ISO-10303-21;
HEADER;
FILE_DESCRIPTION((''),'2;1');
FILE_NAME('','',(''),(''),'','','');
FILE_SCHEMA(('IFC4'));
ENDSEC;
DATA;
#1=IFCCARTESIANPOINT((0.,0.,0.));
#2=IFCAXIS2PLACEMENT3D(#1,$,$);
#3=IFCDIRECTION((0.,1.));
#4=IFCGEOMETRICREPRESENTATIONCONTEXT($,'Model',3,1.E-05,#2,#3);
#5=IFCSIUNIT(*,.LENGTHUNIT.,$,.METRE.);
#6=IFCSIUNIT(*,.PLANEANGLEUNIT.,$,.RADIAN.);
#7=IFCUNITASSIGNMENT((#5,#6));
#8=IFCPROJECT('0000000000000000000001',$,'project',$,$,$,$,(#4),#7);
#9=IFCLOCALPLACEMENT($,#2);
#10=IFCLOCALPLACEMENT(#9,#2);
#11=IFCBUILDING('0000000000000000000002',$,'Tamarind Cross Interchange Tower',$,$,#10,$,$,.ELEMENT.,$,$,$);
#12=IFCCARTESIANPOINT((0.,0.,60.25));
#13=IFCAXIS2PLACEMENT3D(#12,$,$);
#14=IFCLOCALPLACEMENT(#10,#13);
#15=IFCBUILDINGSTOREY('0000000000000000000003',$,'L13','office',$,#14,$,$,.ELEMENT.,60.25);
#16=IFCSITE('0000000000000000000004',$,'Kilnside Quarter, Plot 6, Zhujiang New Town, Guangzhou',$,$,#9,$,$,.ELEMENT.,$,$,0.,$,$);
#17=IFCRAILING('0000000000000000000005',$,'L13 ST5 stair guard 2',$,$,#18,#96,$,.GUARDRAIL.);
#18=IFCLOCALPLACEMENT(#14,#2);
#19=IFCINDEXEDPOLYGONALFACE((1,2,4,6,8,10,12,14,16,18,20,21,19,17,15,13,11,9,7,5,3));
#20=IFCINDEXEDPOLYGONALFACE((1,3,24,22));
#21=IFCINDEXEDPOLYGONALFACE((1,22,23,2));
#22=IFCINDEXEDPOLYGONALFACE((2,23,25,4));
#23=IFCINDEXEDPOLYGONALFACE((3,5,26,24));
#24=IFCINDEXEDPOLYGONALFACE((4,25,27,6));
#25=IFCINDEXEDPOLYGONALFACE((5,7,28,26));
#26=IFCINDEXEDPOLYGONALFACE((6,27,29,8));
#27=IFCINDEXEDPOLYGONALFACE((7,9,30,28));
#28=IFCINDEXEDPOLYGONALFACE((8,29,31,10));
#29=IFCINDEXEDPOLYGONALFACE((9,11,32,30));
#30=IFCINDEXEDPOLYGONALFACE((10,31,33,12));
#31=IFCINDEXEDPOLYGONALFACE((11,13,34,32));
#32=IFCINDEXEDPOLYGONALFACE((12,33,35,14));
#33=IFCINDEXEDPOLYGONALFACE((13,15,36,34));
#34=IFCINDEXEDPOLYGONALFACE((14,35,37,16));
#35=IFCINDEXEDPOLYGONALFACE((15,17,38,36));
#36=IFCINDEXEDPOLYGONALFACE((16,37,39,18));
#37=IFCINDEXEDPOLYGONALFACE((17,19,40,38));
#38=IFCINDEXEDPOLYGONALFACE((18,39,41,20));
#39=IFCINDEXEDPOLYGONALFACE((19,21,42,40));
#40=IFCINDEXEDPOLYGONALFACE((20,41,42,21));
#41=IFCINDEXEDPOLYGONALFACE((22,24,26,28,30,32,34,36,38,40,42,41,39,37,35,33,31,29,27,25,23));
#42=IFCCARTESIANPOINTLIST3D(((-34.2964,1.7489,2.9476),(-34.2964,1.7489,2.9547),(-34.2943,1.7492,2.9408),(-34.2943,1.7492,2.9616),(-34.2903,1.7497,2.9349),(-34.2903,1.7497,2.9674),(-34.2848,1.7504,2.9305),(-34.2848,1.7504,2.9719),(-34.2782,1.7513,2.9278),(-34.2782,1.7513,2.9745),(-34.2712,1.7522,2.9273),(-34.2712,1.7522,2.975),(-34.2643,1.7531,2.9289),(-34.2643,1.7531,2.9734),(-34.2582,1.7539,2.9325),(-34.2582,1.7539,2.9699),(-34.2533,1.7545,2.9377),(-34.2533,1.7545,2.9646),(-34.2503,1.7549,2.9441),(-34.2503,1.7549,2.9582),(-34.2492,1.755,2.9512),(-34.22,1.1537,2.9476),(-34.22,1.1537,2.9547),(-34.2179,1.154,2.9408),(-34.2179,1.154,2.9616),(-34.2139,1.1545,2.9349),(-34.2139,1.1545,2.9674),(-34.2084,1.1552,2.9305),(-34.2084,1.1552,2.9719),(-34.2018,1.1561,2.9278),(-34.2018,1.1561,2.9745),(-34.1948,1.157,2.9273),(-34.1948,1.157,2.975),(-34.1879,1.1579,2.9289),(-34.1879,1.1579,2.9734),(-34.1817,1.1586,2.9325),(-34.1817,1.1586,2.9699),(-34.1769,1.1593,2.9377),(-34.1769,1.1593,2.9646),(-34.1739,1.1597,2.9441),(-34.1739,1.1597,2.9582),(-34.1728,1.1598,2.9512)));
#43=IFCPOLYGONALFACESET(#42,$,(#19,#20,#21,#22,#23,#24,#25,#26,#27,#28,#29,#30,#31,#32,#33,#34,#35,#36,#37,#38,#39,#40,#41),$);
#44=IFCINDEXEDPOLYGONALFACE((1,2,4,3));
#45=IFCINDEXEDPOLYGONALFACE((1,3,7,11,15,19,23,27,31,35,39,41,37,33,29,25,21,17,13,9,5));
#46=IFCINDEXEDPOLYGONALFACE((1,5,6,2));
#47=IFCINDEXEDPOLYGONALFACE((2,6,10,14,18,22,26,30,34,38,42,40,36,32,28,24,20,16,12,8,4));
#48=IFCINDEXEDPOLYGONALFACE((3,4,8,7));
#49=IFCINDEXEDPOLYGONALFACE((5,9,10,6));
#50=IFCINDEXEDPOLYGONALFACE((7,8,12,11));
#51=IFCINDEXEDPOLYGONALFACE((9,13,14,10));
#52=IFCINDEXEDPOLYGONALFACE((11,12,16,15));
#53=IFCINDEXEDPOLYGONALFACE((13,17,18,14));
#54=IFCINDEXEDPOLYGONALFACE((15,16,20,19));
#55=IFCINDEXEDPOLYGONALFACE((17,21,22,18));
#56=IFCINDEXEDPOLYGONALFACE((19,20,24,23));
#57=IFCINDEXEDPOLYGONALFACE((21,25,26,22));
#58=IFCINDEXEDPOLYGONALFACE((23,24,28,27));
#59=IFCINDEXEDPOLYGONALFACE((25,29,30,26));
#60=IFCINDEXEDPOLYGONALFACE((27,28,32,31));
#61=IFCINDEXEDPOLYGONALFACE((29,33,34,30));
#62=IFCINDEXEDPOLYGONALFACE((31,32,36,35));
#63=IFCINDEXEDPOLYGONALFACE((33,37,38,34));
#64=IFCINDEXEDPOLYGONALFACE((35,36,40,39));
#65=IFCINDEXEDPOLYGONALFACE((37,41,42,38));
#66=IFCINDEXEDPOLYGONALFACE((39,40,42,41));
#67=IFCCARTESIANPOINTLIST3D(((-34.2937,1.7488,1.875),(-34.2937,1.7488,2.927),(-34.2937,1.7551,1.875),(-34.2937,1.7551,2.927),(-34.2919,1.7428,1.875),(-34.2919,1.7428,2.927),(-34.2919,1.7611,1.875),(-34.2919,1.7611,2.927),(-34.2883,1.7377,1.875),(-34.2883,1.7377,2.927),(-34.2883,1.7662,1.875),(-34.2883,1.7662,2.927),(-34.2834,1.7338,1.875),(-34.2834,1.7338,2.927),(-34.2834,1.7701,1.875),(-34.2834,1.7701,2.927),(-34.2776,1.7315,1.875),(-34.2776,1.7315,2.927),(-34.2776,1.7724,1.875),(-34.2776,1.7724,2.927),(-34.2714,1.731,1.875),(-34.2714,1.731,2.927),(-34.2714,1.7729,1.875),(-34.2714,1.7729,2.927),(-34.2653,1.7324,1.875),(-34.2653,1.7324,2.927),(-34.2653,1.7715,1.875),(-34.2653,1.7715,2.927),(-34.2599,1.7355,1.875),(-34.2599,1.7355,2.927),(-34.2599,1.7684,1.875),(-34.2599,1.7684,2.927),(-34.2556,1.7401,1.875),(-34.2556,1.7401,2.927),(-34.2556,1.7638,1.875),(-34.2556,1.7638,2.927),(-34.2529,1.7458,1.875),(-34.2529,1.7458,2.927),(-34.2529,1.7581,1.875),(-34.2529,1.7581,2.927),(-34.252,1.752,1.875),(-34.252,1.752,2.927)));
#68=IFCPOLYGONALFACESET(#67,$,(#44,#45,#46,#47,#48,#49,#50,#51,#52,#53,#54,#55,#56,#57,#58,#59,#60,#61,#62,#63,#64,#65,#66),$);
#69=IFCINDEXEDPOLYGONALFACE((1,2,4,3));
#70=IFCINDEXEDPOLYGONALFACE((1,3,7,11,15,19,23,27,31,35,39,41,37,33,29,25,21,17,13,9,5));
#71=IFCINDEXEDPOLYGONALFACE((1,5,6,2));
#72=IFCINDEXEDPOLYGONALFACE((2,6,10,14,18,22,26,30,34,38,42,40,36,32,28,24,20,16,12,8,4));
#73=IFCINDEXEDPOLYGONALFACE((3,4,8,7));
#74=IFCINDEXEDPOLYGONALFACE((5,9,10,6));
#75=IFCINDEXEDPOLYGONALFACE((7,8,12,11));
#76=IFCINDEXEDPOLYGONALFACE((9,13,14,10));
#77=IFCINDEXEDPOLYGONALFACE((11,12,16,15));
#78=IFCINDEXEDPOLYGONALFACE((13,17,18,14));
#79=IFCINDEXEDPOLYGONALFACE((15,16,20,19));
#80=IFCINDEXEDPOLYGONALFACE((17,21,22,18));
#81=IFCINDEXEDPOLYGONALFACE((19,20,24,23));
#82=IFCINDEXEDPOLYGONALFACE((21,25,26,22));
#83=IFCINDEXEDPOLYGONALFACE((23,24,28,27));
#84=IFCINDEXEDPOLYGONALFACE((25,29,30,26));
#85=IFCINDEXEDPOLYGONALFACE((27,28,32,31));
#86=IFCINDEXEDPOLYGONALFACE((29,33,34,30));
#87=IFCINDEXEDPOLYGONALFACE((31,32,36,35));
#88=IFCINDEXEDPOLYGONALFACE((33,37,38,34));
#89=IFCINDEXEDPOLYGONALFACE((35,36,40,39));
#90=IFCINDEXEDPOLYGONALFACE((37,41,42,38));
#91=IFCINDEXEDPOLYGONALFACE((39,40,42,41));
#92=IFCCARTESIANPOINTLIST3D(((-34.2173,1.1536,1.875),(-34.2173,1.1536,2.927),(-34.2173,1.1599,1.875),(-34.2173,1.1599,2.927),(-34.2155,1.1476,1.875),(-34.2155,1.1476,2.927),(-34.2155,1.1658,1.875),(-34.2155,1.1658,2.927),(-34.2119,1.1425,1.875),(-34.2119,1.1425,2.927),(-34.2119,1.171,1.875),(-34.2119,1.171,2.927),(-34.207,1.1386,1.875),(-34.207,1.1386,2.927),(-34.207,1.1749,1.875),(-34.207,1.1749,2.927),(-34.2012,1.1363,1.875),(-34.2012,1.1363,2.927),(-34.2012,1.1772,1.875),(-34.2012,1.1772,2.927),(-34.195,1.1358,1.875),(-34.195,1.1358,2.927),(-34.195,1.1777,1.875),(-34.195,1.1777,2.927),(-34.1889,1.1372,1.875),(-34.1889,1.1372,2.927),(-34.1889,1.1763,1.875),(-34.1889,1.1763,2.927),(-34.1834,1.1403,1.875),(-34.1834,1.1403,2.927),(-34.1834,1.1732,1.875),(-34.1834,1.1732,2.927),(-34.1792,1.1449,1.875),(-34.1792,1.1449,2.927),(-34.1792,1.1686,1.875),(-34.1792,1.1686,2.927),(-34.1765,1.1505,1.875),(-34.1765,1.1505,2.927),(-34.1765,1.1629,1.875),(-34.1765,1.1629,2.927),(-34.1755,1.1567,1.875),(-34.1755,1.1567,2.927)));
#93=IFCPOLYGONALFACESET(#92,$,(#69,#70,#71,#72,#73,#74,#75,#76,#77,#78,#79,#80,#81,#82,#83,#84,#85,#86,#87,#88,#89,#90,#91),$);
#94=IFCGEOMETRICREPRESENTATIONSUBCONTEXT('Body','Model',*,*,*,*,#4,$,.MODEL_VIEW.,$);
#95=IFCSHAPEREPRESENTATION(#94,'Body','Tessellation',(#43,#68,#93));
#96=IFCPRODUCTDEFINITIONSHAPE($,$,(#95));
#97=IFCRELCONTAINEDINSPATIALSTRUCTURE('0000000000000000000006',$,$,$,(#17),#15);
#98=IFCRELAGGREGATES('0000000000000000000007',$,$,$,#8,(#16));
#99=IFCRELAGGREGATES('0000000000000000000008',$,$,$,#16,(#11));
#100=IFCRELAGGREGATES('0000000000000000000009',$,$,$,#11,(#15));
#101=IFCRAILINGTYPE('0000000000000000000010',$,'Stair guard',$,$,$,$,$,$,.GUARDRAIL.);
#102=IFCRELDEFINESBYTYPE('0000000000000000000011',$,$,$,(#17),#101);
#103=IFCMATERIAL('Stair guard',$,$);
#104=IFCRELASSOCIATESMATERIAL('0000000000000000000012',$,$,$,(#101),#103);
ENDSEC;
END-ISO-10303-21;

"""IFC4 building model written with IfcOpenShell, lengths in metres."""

from ifc_helpers import new_model, si_unit, direction, frame, origin, origin_2d, place, context, subcontext, project, spatial, circle, extrude, material, type_object, element, save


model = new_model("IFC4")

# Units and contexts
model_context = context("Model", 3, precision=1e-05, world=origin(), true_north=direction((0.0, 1.0)))
body_context = subcontext(model_context, "Body", "Model", "MODEL_VIEW")
ifc_project = project(units=[si_unit("LENGTHUNIT", "METRE"), si_unit("PLANEANGLEUNIT", "RADIAN")], contexts=[model_context])

# Site, building, storey
site_placement = place(None, origin())
site = spatial("IfcSite", under=ifc_project, at=site_placement, Name="Kilnside Quarter, Plot 6, Zhujiang New Town, Guangzhou", CompositionType="ELEMENT", RefElevation=0.0)
building_placement = place(site_placement, origin())
building = spatial("IfcBuilding", under=site, at=building_placement, Name="Tamarind Cross Interchange Tower", CompositionType="ELEMENT")
storey_placement = place(building_placement, frame((0.0, 0.0, 60.25)))
storey = spatial("IfcBuildingStorey", under=building, at=storey_placement, Name="L13", Description="office", CompositionType="ELEMENT", Elevation=60.25)

# Railing
ifc_material_1 = material(Name="Stair guard")
railing_type_1 = type_object("IfcRailingType", Name="Stair guard", PredefinedType="GUARDRAIL", material=ifc_material_1)
railing_1_placement = place(storey_placement, frame((-34.2729, 1.752, 1.875)))
element("IfcRailing", 1, at=railing_1_placement, inside=storey, type_object=railing_type_1, Name="L13 ST5 stair guard 2", PredefinedType="GUARDRAIL", context=body_context, shape_type="SweptSolid", body=[
    extrude(circle(Radius=0.0239, at=origin_2d()), frame((0.0, 0.0, 1.0762), z_axis=(0.127339, -0.991859, 0.0), x_axis=(0.991859, 0.127339, 0.0)), (0.0, 0.0, 1.0), 0.6001),
    extrude(circle(Radius=0.021, at=origin_2d()), origin(), (0.0, 0.0, 1.0), 1.052),
    extrude(circle(Radius=0.021, at=origin_2d()), frame((0.0764, -0.5952, 0.0)), (0.0, 0.0, 1.0), 1.052),
])

save(model, "model.ifc")
